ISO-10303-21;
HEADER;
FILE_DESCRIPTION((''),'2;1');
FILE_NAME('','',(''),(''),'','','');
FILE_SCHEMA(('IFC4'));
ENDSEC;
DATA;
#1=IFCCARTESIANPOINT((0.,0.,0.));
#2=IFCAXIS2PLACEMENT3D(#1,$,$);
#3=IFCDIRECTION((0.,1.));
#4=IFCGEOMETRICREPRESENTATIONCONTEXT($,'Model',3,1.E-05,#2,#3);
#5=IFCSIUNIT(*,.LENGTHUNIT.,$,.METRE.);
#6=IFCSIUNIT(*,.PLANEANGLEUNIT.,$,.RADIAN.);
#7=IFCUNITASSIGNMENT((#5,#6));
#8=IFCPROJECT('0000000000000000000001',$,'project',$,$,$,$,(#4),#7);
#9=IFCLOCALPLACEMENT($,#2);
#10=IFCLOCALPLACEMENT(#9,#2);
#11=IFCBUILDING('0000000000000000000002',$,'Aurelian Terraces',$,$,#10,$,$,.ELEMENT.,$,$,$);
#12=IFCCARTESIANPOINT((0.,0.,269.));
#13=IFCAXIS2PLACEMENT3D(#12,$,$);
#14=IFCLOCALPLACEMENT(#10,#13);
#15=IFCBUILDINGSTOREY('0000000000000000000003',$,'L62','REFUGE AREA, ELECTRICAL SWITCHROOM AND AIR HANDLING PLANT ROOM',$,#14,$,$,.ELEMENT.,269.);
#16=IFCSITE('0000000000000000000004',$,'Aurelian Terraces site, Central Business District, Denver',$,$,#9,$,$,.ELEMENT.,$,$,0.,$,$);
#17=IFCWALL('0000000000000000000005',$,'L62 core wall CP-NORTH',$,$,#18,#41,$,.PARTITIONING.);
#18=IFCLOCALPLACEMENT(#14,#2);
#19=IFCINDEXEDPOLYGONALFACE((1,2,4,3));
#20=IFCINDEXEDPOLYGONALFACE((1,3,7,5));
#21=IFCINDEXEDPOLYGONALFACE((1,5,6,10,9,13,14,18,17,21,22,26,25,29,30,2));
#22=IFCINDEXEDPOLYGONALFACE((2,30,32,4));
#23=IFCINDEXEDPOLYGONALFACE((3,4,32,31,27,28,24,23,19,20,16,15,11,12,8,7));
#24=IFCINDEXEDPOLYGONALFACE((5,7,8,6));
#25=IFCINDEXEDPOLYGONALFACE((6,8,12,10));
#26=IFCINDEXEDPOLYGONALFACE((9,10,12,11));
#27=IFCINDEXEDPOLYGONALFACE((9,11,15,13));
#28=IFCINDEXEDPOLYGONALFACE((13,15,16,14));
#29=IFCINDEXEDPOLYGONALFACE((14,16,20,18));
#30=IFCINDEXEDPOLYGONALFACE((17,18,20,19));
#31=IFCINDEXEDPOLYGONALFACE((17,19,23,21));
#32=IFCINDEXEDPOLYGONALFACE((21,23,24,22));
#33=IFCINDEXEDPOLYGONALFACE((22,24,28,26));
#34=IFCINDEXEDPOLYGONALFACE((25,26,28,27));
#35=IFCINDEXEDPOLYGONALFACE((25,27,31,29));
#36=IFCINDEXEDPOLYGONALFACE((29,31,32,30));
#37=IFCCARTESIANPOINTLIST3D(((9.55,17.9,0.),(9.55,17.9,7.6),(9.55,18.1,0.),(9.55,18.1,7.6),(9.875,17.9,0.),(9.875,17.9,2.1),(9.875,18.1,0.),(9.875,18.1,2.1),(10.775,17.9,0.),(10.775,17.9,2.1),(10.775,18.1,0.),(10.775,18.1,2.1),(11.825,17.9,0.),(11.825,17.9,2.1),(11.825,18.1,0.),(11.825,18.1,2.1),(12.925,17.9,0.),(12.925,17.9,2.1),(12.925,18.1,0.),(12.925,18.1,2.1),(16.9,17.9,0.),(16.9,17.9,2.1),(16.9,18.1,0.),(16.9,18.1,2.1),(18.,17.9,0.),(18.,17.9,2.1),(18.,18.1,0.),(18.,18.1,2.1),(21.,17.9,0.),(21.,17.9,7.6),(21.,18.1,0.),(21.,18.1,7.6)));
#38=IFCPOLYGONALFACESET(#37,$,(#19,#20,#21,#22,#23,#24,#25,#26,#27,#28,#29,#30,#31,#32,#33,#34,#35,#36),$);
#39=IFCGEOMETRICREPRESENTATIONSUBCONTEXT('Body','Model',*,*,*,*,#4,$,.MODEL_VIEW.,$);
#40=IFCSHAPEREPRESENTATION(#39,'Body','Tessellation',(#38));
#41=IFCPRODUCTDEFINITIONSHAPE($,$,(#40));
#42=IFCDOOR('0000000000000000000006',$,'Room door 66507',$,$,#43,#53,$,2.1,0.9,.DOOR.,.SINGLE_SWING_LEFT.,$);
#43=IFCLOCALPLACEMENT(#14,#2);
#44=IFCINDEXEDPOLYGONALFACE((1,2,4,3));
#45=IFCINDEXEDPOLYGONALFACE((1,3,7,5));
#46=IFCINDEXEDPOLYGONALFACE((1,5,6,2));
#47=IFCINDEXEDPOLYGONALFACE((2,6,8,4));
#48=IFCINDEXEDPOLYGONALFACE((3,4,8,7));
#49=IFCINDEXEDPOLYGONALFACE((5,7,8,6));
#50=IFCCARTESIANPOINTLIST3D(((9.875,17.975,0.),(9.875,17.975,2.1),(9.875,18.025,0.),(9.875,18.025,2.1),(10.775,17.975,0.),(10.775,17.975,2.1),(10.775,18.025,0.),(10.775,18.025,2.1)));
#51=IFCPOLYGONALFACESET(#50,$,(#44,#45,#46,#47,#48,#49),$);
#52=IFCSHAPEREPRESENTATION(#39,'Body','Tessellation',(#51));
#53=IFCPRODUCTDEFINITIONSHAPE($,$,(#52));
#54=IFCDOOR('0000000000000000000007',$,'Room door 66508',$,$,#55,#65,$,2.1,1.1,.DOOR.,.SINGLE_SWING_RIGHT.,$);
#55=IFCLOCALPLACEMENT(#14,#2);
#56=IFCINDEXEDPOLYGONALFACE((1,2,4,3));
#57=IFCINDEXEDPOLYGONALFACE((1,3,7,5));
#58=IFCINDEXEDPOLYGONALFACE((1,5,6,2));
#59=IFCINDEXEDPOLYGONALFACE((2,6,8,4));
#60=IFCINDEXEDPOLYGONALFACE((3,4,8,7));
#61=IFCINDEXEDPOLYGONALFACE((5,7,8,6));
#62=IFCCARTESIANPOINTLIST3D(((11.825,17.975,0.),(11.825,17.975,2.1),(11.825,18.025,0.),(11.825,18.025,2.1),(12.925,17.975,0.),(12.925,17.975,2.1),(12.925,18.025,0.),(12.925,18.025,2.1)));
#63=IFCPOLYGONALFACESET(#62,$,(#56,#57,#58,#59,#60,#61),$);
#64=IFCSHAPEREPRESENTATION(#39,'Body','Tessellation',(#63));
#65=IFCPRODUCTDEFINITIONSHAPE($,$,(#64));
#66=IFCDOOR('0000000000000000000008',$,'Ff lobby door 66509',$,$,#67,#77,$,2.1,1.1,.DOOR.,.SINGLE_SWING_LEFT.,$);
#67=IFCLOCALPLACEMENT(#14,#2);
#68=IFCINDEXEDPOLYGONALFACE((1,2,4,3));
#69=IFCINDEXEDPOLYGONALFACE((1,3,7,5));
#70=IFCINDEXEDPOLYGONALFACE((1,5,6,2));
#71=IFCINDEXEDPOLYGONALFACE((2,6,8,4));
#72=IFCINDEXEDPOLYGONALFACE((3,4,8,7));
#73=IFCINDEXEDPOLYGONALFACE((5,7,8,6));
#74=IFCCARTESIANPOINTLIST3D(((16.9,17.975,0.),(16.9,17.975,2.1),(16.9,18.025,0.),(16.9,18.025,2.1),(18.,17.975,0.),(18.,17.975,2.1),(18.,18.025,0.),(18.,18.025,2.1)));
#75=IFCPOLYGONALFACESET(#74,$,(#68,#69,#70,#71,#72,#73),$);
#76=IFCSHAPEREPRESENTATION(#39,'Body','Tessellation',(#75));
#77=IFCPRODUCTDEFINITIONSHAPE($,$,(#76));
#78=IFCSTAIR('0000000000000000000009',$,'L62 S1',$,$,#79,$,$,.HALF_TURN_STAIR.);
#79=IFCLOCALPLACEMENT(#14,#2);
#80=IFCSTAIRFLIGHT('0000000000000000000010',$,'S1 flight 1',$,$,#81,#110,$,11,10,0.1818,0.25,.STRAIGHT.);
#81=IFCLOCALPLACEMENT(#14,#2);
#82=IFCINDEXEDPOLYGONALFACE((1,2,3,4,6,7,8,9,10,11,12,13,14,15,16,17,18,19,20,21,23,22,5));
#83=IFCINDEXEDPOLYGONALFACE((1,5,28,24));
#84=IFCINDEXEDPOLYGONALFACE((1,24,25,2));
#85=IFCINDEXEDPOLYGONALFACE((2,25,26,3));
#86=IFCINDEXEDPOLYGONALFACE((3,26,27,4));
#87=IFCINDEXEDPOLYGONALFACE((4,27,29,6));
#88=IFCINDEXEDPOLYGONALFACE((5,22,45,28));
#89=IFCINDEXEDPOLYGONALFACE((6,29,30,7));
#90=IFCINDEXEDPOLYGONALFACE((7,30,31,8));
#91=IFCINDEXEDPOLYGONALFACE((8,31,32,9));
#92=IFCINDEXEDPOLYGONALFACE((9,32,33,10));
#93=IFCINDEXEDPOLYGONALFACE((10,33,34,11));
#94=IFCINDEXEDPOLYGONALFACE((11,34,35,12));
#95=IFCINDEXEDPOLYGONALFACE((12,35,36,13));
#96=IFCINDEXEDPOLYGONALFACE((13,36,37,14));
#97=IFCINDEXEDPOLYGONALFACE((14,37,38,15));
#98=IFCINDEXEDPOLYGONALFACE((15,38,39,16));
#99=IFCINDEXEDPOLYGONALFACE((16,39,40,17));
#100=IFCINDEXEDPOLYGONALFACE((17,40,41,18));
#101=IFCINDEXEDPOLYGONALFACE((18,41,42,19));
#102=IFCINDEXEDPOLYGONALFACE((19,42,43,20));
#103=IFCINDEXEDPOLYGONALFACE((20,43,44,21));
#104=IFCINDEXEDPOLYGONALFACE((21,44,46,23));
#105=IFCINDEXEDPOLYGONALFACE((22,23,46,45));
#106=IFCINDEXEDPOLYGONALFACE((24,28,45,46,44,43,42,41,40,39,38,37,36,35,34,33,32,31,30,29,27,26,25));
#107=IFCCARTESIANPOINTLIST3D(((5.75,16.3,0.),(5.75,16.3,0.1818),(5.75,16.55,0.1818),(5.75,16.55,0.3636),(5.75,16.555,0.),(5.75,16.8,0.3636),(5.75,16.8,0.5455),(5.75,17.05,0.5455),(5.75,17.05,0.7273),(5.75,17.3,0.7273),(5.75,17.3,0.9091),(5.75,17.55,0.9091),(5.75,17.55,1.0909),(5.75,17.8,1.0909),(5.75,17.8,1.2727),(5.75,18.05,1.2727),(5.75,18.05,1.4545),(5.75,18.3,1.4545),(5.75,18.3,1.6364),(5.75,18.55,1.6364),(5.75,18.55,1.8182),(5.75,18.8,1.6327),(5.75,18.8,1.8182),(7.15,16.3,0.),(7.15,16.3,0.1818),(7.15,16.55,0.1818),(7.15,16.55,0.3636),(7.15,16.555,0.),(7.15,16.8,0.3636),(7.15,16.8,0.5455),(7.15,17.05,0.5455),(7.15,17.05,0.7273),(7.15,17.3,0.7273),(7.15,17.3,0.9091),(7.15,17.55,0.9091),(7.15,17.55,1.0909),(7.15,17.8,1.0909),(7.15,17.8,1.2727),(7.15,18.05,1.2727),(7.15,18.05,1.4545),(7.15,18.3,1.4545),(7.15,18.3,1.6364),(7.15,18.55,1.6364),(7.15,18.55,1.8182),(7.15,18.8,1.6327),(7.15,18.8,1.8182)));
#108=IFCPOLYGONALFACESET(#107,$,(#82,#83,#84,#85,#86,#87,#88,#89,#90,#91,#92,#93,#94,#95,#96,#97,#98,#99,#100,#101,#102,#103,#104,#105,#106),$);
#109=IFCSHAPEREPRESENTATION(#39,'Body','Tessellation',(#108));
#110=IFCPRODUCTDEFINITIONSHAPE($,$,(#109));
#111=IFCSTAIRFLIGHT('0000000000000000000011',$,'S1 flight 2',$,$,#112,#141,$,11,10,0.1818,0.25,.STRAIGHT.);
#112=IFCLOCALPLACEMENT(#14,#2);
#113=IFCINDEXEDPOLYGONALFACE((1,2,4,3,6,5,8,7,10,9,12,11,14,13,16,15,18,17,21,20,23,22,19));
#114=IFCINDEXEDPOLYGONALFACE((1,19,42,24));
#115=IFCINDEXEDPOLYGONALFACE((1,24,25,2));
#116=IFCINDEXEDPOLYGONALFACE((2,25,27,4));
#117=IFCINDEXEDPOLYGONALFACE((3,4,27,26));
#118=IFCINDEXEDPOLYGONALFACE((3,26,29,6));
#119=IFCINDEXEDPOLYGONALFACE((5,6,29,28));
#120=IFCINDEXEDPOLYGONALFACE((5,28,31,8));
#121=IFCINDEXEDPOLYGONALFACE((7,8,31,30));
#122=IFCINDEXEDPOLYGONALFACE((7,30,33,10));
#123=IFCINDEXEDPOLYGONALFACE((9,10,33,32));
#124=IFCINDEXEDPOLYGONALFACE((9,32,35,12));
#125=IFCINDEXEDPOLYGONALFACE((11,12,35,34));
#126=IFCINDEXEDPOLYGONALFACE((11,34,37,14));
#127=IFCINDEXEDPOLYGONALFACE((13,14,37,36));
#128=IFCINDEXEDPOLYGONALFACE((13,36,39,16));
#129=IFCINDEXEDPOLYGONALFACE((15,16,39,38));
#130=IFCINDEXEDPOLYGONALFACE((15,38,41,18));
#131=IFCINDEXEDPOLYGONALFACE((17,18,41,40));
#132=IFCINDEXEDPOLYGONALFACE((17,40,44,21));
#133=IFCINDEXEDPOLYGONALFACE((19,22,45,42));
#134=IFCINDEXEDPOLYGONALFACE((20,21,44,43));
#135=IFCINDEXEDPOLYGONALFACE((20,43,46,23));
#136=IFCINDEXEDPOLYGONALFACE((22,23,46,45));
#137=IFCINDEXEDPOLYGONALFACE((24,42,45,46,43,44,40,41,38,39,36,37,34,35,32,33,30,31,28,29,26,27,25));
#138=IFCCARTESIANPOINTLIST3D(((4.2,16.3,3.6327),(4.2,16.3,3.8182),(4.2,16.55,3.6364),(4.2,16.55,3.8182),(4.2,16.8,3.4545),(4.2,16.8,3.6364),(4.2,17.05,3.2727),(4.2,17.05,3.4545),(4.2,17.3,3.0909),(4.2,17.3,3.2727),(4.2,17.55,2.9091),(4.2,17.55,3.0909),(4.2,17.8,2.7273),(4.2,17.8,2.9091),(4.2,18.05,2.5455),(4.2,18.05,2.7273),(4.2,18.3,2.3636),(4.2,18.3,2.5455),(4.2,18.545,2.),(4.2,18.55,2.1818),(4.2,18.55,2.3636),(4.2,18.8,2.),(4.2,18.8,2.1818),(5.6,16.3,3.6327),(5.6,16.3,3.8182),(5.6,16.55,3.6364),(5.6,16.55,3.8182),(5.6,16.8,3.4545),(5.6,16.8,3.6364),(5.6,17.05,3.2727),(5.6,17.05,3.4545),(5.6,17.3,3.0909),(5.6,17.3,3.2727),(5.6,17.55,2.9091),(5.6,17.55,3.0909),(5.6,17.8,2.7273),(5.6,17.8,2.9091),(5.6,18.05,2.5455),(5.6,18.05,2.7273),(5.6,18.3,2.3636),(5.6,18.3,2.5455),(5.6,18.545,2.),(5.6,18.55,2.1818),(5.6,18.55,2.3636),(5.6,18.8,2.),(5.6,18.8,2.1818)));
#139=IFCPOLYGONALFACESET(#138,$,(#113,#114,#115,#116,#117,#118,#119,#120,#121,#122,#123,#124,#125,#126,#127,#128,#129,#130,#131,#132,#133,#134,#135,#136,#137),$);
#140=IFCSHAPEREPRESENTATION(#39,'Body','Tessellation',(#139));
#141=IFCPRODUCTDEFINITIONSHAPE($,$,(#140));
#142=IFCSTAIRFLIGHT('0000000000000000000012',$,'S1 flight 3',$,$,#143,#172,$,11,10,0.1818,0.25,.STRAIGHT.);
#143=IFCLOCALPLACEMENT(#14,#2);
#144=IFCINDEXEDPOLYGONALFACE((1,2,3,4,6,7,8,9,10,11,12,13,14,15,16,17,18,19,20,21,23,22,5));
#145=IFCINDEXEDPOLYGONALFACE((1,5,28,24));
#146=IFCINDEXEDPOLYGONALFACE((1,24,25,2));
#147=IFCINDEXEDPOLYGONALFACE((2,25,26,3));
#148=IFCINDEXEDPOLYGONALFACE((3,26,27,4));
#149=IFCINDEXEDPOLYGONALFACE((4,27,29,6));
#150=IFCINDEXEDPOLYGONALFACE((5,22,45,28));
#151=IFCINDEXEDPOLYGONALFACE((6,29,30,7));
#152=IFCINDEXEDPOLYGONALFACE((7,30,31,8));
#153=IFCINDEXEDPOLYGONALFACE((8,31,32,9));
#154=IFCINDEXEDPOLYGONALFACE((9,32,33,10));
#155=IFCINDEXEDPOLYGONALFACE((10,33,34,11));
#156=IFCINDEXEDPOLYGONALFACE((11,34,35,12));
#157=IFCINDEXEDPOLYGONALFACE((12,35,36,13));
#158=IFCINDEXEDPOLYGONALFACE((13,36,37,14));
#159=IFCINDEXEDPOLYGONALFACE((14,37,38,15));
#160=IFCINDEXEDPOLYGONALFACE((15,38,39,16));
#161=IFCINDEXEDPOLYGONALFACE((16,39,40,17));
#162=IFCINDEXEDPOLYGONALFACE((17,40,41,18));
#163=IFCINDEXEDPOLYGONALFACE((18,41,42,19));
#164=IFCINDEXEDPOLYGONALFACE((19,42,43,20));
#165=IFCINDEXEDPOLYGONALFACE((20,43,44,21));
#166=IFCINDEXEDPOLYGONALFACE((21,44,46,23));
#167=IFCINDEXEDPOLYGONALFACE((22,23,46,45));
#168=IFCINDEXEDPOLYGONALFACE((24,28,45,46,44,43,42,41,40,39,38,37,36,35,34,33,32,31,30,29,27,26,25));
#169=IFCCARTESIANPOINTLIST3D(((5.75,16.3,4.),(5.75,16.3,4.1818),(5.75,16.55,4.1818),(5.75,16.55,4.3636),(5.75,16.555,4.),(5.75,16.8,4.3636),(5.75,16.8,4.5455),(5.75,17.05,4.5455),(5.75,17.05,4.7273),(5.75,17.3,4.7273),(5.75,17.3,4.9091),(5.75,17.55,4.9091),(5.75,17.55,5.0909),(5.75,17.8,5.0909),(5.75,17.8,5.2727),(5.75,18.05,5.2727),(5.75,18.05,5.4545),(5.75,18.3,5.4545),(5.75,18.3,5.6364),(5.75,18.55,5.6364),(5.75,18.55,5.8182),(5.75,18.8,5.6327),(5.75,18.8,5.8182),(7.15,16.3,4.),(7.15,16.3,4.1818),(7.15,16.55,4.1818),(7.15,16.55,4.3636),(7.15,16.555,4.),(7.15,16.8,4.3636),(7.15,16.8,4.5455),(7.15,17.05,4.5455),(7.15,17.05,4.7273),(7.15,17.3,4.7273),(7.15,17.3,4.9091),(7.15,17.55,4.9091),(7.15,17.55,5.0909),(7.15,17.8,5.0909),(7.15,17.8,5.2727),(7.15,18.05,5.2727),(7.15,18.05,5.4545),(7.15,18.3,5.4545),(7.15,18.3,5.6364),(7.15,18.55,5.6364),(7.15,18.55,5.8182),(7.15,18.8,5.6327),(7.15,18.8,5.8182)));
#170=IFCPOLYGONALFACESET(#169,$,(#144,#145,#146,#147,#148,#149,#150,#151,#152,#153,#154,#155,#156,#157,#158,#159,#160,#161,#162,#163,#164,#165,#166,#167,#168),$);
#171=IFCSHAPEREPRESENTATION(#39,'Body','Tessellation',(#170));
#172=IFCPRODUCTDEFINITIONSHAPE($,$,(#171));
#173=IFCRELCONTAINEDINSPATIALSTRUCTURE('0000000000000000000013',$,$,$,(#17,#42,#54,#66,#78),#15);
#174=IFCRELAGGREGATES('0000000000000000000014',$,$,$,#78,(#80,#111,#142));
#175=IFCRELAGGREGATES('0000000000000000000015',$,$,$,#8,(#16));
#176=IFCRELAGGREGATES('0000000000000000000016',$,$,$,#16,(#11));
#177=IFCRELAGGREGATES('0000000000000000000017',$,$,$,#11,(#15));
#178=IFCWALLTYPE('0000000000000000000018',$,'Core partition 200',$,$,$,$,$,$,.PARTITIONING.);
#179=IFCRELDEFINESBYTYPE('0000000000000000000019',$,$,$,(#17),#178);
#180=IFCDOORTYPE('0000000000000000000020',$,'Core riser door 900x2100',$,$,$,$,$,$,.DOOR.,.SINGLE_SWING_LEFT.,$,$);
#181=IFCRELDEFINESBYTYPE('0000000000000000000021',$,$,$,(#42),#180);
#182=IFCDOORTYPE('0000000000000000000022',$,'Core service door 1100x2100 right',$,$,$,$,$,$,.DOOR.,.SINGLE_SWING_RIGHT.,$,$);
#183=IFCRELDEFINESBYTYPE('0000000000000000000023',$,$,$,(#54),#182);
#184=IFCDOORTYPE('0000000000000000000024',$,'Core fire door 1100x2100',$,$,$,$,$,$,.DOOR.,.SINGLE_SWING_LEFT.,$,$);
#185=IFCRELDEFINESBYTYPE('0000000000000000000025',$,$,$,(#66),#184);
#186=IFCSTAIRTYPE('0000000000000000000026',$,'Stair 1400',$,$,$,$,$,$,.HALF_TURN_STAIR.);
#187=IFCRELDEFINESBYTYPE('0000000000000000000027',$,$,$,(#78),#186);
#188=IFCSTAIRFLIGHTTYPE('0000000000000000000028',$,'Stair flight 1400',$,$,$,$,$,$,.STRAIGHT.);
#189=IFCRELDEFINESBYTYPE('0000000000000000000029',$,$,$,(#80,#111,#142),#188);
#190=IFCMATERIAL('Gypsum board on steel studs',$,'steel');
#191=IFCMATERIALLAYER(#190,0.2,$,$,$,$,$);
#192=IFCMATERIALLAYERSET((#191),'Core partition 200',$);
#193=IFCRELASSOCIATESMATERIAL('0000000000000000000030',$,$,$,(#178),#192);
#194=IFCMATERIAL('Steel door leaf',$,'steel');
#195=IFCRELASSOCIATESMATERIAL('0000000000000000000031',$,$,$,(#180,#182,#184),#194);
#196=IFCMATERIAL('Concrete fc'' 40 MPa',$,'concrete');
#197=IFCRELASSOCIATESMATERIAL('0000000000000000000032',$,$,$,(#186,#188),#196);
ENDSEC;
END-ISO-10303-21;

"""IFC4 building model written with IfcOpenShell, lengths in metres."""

from ifc_helpers import new_model, si_unit, direction, frame, frame_2d, origin, place, context, subcontext, project, spatial, polyline, rectangle, outline, extrude, source, transform, mapped, material, layer, layer_set, type_object, element, fill, aggregate, save


model = new_model("IFC4")

# Units and contexts
model_context = context("Model", 3, precision=1e-05, world=origin(), true_north=direction((0.0, 1.0)))
body_context = subcontext(model_context, "Body", "Model", "MODEL_VIEW")
ifc_project = project(units=[si_unit("LENGTHUNIT", "METRE"), si_unit("PLANEANGLEUNIT", "RADIAN")], contexts=[model_context])

# Site, building, storey
site_placement = place(None, origin())
site = spatial("IfcSite", under=ifc_project, at=site_placement, Name="Aurelian Terraces site, Central Business District, Denver", CompositionType="ELEMENT", RefElevation=0.0)
building_placement = place(site_placement, origin())
building = spatial("IfcBuilding", under=site, at=building_placement, Name="Aurelian Terraces", CompositionType="ELEMENT")
storey_placement = place(building_placement, frame((0.0, 0.0, 269.0)))
storey = spatial("IfcBuildingStorey", under=building, at=storey_placement, Name="L62", Description="REFUGE AREA, ELECTRICAL SWITCHROOM AND AIR HANDLING PLANT ROOM", CompositionType="ELEMENT", Elevation=269.0)

# Shared definitions
ifc_material_1 = material(Name="Concrete fc' 40 MPa", Category="concrete")

# Shared definitions
shared_shape_1 = source(origin(), body_context, "Body", "SweptSolid", [
    extrude(rectangle(XDim=0.9, YDim=2.1, at=frame_2d((0.45, 1.05))), frame((0.0, 0.11, 0.0), z_axis=(0.0, -1.0, 0.0), x_axis=(1.0, 0.0, 0.0)), (0.0, 0.0, 1.0), 0.22),
])
ifc_material_2 = material(Name="Steel door leaf", Category="steel")
shared_shape_2 = source(origin(), body_context, "Body", "SweptSolid", [
    extrude(rectangle(XDim=0.9, YDim=2.1, at=frame_2d((0.45, 1.05))), frame((0.0, 0.025, 0.0), z_axis=(0.0, -1.0, 0.0), x_axis=(1.0, 0.0, 0.0)), (0.0, 0.0, 1.0), 0.05),
])

# Shared definitions
ifc_material_3 = material(Name="Gypsum board on steel studs", Category="steel")
ifc_layer_1 = layer(ifc_material_3, 0.2)
ifc_layer_set_1 = layer_set([ifc_layer_1], Name="Core partition 200")
wall_type_1 = type_object("IfcWallType", Name="Core partition 200", PredefinedType="PARTITIONING", material=ifc_layer_set_1)

# Shared definitions
shared_shape_3 = source(origin(), body_context, "Body", "SweptSolid", [
    extrude(rectangle(XDim=1.1, YDim=2.1, at=frame_2d((0.55, 1.05))), frame((0.0, 0.025, 0.0), z_axis=(0.0, -1.0, 0.0), x_axis=(1.0, 0.0, 0.0)), (0.0, 0.0, 1.0), 0.05),
])

# Wall, openings, doors
shared_shape_4 = source(origin(), body_context, "Body", "SweptSolid", [
    extrude(rectangle(XDim=11.45, YDim=0.2, at=frame_2d((5.725, 0.0))), origin(), (0.0, 0.0, 1.0), 7.6),
])
wall_1_placement = place(storey_placement, frame((9.55, 18.0, 0.0), z_axis=(0.0, 0.0, 1.0), x_axis=(1.0, 0.0, 0.0)))
wall_1 = element("IfcWall", 1, at=wall_1_placement, inside=storey, type_object=wall_type_1, Name="L62 core wall CP-NORTH", PredefinedType="PARTITIONING", context=body_context, shape_type="MappedRepresentation", body=[
    mapped(shared_shape_4, transform((0.0, 0.0, 0.0), scale=1.0)),
])
opening_1_placement = place(wall_1_placement, frame((0.325, 0.0, 0.0)))
opening_1 = element("IfcOpeningElement", 2, at=opening_1_placement, cuts=wall_1, PredefinedType="OPENING", context=body_context, shape_type="MappedRepresentation", body=[
    mapped(shared_shape_1, transform((0.0, 0.0, 0.0), scale=1.0)),
])
shared_shape_5 = source(origin(), body_context, "Body", "SweptSolid", [
    extrude(rectangle(XDim=1.1, YDim=2.1, at=frame_2d((0.55, 1.05))), frame((0.0, 0.11, 0.0), z_axis=(0.0, -1.0, 0.0), x_axis=(1.0, 0.0, 0.0)), (0.0, 0.0, 1.0), 0.22),
])
opening_2_placement = place(wall_1_placement, frame((2.275, 0.0, 0.0)))
opening_2 = element("IfcOpeningElement", 3, at=opening_2_placement, cuts=wall_1, PredefinedType="OPENING", context=body_context, shape_type="MappedRepresentation", body=[
    mapped(shared_shape_5, transform((0.0, 0.0, 0.0), scale=1.0)),
])
opening_3_placement = place(wall_1_placement, frame((7.35, 0.0, 0.0)))
opening_3 = element("IfcOpeningElement", 4, at=opening_3_placement, cuts=wall_1, PredefinedType="OPENING", context=body_context, shape_type="MappedRepresentation", body=[
    mapped(shared_shape_5, transform((0.0, 0.0, 0.0), scale=1.0)),
])
door_type_1 = type_object("IfcDoorType", Name="Core riser door 900x2100", OperationType="SINGLE_SWING_LEFT", PredefinedType="DOOR", material=ifc_material_2)
door_1_placement = place(opening_1_placement, origin())
door_1 = element("IfcDoor", 5, at=door_1_placement, inside=storey, type_object=door_type_1, Name="Room door 66507", OperationType="SINGLE_SWING_LEFT", OverallHeight=2.1, OverallWidth=0.9, PredefinedType="DOOR", context=body_context, shape_type="MappedRepresentation", body=[
    mapped(shared_shape_2, transform((0.0, 0.0, 0.0), scale=1.0)),
])
fill(opening_1, door_1)
door_type_2 = type_object("IfcDoorType", Name="Core service door 1100x2100 right", OperationType="SINGLE_SWING_RIGHT", PredefinedType="DOOR", material=ifc_material_2)
door_2_placement = place(opening_2_placement, origin())
door_2 = element("IfcDoor", 6, at=door_2_placement, inside=storey, type_object=door_type_2, Name="Room door 66508", OperationType="SINGLE_SWING_RIGHT", OverallHeight=2.1, OverallWidth=1.1, PredefinedType="DOOR", context=body_context, shape_type="MappedRepresentation", body=[
    mapped(shared_shape_3, transform((0.0, 0.0, 0.0), scale=1.0)),
])
fill(opening_2, door_2)
door_type_3 = type_object("IfcDoorType", Name="Core fire door 1100x2100", OperationType="SINGLE_SWING_LEFT", PredefinedType="DOOR", material=ifc_material_2)
door_3_placement = place(opening_3_placement, origin())
door_3 = element("IfcDoor", 7, at=door_3_placement, inside=storey, type_object=door_type_3, Name="Ff lobby door 66509", OperationType="SINGLE_SWING_LEFT", OverallHeight=2.1, OverallWidth=1.1, PredefinedType="DOOR", context=body_context, shape_type="MappedRepresentation", body=[
    mapped(shared_shape_3, transform((0.0, 0.0, 0.0), scale=1.0)),
])
fill(opening_3, door_3)

# Stair, stair flights
stair_type = type_object("IfcStairType", Name="Stair 1400", PredefinedType="HALF_TURN_STAIR", material=ifc_material_1)
stair_placement = place(storey_placement, origin())
stair = element("IfcStair", 8, at=stair_placement, inside=storey, type_object=stair_type, Name="L62 S1", PredefinedType="HALF_TURN_STAIR")
stair_flight_type = type_object("IfcStairFlightType", Name="Stair flight 1400", PredefinedType="STRAIGHT", material=ifc_material_1)
shared_shape_6 = source(origin(), body_context, "Body", "SweptSolid", [
    extrude(outline(polyline([(0.0, 0.0), (0.0, 0.1818), (0.25, 0.1818), (0.25, 0.3636), (0.5, 0.3636), (0.5, 0.5455), (0.75, 0.5455), (0.75, 0.7273), (1.0, 0.7273), (1.0, 0.9091), (1.25, 0.9091), (1.25, 1.0909), (1.5, 1.0909), (1.5, 1.2727), (1.75, 1.2727), (1.75, 1.4545), (2.0, 1.4545), (2.0, 1.6364), (2.25, 1.6364), (2.25, 1.8182), (2.5, 1.8182), (2.5, 2.0), (2.5, 1.6327), (0.255, 0.0), (0.0, 0.0)])), frame((0.0, 0.7, 0.0), z_axis=(0.0, -1.0, 0.0), x_axis=(1.0, 0.0, 0.0)), (0.0, 0.0, 1.0), 1.4),
])
stair_flight_1_placement = place(storey_placement, frame((6.45, 16.3, 0.0), z_axis=(0.0, 0.0, 1.0), x_axis=(0.0, 1.0, 0.0)))
stair_flight_1 = element("IfcStairFlight", 9, at=stair_flight_1_placement, type_object=stair_flight_type, Name="S1 flight 1", NumberOfRisers=11, NumberOfTreads=10, PredefinedType="STRAIGHT", RiserHeight=0.1818, TreadLength=0.25, context=body_context, shape_type="MappedRepresentation", body=[
    mapped(shared_shape_6, transform((0.0, 0.0, 0.0), scale=1.0)),
])
stair_flight_2_placement = place(storey_placement, frame((4.9, 18.8, 2.0), z_axis=(0.0, 0.0, 1.0), x_axis=(0.0, -1.0, 0.0)))
stair_flight_2 = element("IfcStairFlight", 10, at=stair_flight_2_placement, type_object=stair_flight_type, Name="S1 flight 2", NumberOfRisers=11, NumberOfTreads=10, PredefinedType="STRAIGHT", RiserHeight=0.1818, TreadLength=0.25, context=body_context, shape_type="MappedRepresentation", body=[
    mapped(shared_shape_6, transform((0.0, 0.0, 0.0), scale=1.0)),
])
stair_flight_3_placement = place(storey_placement, frame((6.45, 16.3, 4.0), z_axis=(0.0, 0.0, 1.0), x_axis=(0.0, 1.0, 0.0)))
stair_flight_3 = element("IfcStairFlight", 11, at=stair_flight_3_placement, type_object=stair_flight_type, Name="S1 flight 3", NumberOfRisers=11, NumberOfTreads=10, PredefinedType="STRAIGHT", RiserHeight=0.1818, TreadLength=0.25, context=body_context, shape_type="MappedRepresentation", body=[
    mapped(shared_shape_6, transform((0.0, 0.0, 0.0), scale=1.0)),
])
aggregate(stair, [stair_flight_1, stair_flight_2, stair_flight_3])

save(model, "model.ifc")
